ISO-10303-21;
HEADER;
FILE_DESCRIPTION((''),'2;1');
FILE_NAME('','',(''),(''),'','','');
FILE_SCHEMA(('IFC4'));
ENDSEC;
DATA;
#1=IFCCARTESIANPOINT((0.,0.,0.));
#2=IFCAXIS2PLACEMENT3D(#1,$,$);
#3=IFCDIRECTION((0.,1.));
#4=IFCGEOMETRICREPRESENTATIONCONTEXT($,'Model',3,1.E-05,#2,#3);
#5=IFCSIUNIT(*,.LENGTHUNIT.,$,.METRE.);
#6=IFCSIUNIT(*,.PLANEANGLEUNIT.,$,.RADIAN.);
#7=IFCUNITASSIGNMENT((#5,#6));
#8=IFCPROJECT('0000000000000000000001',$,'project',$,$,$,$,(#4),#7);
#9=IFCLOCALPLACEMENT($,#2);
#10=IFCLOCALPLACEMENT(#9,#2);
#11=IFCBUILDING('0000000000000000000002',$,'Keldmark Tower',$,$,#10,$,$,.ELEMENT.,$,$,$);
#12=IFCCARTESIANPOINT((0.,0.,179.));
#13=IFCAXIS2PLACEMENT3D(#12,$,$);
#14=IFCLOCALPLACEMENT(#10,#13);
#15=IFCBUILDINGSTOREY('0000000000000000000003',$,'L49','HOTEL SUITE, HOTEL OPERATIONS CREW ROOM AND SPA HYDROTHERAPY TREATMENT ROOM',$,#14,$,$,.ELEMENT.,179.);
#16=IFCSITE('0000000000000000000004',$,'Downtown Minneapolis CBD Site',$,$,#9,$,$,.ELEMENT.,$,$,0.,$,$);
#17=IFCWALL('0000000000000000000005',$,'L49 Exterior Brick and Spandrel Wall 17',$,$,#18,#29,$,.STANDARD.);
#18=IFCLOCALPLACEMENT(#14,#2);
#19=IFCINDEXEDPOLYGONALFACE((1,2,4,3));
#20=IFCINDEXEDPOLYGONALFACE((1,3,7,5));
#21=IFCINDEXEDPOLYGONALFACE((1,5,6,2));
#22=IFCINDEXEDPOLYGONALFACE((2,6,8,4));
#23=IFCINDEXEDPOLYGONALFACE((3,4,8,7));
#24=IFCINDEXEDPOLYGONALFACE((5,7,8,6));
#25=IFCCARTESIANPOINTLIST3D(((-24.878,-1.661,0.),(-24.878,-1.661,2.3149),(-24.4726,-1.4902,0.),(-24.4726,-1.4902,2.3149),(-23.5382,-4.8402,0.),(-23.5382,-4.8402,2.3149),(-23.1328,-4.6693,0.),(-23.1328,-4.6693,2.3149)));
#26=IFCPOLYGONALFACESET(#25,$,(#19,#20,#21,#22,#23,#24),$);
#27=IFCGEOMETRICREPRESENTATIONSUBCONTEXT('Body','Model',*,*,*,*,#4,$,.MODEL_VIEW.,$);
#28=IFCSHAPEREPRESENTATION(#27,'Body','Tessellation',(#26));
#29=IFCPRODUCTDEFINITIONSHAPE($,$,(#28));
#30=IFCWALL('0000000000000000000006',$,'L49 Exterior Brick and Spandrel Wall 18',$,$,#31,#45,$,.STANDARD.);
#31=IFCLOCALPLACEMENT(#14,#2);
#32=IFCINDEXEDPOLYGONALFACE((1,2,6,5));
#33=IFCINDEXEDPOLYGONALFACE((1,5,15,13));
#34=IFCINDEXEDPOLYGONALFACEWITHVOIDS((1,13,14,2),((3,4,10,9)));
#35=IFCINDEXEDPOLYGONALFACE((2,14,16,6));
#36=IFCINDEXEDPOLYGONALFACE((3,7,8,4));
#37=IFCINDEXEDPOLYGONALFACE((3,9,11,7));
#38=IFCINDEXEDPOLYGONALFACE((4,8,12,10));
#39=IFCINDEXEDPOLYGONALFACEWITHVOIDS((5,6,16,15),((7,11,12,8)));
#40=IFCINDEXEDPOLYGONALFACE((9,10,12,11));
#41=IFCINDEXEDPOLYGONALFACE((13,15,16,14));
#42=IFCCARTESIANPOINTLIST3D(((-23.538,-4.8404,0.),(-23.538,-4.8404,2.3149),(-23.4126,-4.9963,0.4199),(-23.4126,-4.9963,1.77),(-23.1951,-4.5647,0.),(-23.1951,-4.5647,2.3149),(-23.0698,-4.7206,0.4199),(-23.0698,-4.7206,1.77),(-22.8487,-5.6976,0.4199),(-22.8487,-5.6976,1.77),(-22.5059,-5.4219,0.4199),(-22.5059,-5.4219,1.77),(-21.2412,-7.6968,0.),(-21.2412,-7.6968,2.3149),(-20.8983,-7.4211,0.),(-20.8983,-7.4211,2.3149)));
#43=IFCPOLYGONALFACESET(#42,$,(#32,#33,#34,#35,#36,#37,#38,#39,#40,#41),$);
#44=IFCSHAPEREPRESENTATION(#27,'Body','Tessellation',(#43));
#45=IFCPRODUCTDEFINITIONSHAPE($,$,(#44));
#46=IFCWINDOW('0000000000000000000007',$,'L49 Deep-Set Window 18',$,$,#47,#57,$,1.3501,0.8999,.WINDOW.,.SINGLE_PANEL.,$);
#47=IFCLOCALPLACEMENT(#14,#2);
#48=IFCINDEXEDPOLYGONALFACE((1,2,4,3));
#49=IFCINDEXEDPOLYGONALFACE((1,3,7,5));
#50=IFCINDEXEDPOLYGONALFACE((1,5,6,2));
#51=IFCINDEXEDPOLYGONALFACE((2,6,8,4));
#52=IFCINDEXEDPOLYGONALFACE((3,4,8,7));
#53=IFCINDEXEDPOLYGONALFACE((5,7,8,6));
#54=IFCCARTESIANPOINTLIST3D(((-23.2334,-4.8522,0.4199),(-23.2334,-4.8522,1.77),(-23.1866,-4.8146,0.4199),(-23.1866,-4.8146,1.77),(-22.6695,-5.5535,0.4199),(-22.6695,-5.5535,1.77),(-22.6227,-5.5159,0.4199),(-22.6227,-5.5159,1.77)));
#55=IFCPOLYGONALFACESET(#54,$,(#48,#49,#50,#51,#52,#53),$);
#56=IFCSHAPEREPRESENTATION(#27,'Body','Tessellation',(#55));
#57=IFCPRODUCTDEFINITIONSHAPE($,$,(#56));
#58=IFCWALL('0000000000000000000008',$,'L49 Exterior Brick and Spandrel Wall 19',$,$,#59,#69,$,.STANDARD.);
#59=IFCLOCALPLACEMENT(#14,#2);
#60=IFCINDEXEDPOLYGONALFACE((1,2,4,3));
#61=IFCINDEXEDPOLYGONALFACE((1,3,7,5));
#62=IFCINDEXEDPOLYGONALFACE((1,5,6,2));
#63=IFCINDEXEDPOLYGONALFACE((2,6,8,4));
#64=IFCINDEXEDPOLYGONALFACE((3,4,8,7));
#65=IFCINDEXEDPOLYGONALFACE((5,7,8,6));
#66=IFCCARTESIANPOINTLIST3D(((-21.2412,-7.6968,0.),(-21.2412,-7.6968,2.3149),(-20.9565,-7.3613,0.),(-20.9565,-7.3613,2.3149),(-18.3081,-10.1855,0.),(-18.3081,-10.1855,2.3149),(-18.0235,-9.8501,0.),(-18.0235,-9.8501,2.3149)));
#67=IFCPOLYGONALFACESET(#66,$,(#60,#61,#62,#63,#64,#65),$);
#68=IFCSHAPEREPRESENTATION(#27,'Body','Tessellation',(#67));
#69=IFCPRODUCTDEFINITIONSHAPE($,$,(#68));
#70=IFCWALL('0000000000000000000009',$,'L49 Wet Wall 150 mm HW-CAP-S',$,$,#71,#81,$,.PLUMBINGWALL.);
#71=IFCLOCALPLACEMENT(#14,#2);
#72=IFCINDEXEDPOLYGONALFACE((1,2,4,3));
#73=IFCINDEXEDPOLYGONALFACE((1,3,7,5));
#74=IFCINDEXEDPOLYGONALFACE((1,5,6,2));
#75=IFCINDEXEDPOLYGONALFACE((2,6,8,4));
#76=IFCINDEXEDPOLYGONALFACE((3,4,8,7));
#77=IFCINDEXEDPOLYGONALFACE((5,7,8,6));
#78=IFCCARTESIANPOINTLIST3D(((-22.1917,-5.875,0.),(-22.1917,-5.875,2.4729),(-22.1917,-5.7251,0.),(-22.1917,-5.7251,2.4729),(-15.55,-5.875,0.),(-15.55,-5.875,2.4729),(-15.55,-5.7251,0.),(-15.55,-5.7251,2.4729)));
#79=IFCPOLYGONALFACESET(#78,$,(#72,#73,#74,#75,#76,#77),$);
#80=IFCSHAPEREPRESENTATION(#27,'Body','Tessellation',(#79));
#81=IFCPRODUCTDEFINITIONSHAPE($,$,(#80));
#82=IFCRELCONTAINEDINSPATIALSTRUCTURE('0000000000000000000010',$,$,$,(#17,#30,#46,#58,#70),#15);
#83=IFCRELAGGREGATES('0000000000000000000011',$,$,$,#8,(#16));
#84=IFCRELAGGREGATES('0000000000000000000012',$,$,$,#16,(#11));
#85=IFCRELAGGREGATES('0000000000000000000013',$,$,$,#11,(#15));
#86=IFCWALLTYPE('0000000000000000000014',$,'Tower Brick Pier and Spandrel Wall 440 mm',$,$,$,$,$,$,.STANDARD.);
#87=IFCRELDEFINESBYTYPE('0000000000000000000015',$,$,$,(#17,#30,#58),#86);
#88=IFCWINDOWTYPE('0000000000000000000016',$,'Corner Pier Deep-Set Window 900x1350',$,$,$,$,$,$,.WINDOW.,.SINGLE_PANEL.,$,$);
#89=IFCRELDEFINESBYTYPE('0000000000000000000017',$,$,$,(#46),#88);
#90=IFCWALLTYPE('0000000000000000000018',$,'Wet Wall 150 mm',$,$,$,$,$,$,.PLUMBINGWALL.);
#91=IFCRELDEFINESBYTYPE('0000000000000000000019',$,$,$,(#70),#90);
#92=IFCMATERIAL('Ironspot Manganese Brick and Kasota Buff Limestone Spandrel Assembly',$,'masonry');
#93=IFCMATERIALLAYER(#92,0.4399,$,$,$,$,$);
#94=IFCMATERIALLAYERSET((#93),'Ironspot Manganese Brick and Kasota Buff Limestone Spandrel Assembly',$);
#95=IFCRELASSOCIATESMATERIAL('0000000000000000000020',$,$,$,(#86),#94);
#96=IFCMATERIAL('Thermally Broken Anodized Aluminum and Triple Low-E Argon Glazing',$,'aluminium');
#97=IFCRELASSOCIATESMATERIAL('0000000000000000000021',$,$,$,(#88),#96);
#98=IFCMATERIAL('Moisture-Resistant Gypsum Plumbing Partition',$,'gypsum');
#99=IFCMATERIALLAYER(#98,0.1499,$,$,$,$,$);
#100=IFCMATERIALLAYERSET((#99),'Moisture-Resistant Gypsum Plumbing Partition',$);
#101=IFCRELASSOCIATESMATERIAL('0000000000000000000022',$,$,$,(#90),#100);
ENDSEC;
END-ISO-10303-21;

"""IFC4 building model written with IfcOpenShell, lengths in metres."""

from ifc_helpers import new_model, si_unit, direction, frame, frame_2d, origin, place, context, subcontext, project, spatial, rectangle, extrude, material, layer, layer_set, type_object, element, fill, save


model = new_model("IFC4")

# Units and contexts
model_context = context("Model", 3, precision=1e-05, world=origin(), true_north=direction((0.0, 1.0)))
body_context = subcontext(model_context, "Body", "Model", "MODEL_VIEW")
ifc_project = project(units=[si_unit("LENGTHUNIT", "METRE"), si_unit("PLANEANGLEUNIT", "RADIAN")], contexts=[model_context])

# Site, building, storey
site_placement = place(None, origin())
site = spatial("IfcSite", under=ifc_project, at=site_placement, Name="Downtown Minneapolis CBD Site", CompositionType="ELEMENT", RefElevation=0.0)
building_placement = place(site_placement, origin())
building = spatial("IfcBuilding", under=site, at=building_placement, Name="Keldmark Tower", CompositionType="ELEMENT")
storey_placement = place(building_placement, frame((0.0, 0.0, 179.0)))
storey = spatial("IfcBuildingStorey", under=building, at=storey_placement, Name="L49", Description="HOTEL SUITE, HOTEL OPERATIONS CREW ROOM AND SPA HYDROTHERAPY TREATMENT ROOM", CompositionType="ELEMENT", Elevation=179.0)

# Wall
ifc_material_1 = material(Name="Ironspot Manganese Brick and Kasota Buff Limestone Spandrel Assembly", Category="masonry")
ifc_layer_1 = layer(ifc_material_1, 0.4399)
ifc_layer_set_1 = layer_set([ifc_layer_1], Name="Ironspot Manganese Brick and Kasota Buff Limestone Spandrel Assembly")
wall_type_1 = type_object("IfcWallType", Name="Tower Brick Pier and Spandrel Wall 440 mm", PredefinedType="STANDARD", material=ifc_layer_set_1)
wall_1_placement = place(storey_placement, frame((-23.3354, -4.7549, 0.0), z_axis=(0.0, 0.0, 1.0), x_axis=(-0.388361, 0.921507, 0.0)))
element("IfcWall", 1, at=wall_1_placement, inside=storey, type_object=wall_type_1, Name="L49 Exterior Brick and Spandrel Wall 17", PredefinedType="STANDARD", context=body_context, shape_type="SweptSolid", body=[
    extrude(rectangle(XDim=3.45, YDim=0.4399, at=frame_2d((1.7251, 0.0))), origin(), (0.0, 0.0, 1.0), 2.3149),
])

# Wall, opening, window
wall_2_placement = place(storey_placement, frame((-21.0698, -7.5588, 0.0), z_axis=(0.0, 0.0, 1.0), x_axis=(-0.626643, 0.779307, 0.0)))
wall_2 = element("IfcWall", 2, at=wall_2_placement, inside=storey, type_object=wall_type_1, Name="L49 Exterior Brick and Spandrel Wall 18", PredefinedType="STANDARD", context=body_context, shape_type="SweptSolid", body=[
    extrude(rectangle(XDim=3.6653, YDim=0.4399, at=frame_2d((1.8325, 0.0))), origin(), (0.0, 0.0, 1.0), 2.3149),
])
opening_placement = place(wall_2_placement, frame((2.5652, 0.0, 0.4199)))
opening = element("IfcOpeningElement", 3, at=opening_placement, cuts=wall_2, PredefinedType="OPENING", context=body_context, shape_type="SweptSolid", body=[
    extrude(rectangle(XDim=0.8999, YDim=1.3501, at=frame_2d((0.45, 0.675))), frame((0.0, 0.23, 0.0), z_axis=(0.0, -1.0, 0.0), x_axis=(1.0, 0.0, 0.0)), (0.0, 0.0, 1.0), 0.46),
])
ifc_material_2 = material(Name="Thermally Broken Anodized Aluminum and Triple Low-E Argon Glazing", Category="aluminium")
window_type = type_object("IfcWindowType", Name="Corner Pier Deep-Set Window 900x1350", PartitioningType="SINGLE_PANEL", PredefinedType="WINDOW", material=ifc_material_2)
window_placement = place(opening_placement, origin())
window = element("IfcWindow", 4, at=window_placement, inside=storey, type_object=window_type, Name="L49 Deep-Set Window 18", OverallHeight=1.3501, OverallWidth=0.8999, PartitioningType="SINGLE_PANEL", PredefinedType="WINDOW", context=body_context, shape_type="SweptSolid", body=[
    extrude(rectangle(XDim=0.8999, YDim=1.3501, at=frame_2d((0.45, 0.675))), frame((0.0, -0.01, 0.0), z_axis=(0.0, -1.0, 0.0), x_axis=(1.0, 0.0, 0.0)), (0.0, 0.0, 1.0), 0.0601),
])
fill(opening, window)

# Walls
wall_3_placement = place(storey_placement, frame((-18.1658, -10.0178, 0.0), z_axis=(0.0, 0.0, 1.0), x_axis=(-0.7625, 0.646989, 0.0)))
element("IfcWall", 5, at=wall_3_placement, inside=storey, type_object=wall_type_1, Name="L49 Exterior Brick and Spandrel Wall 19", PredefinedType="STANDARD", context=body_context, shape_type="SweptSolid", body=[
    extrude(rectangle(XDim=3.8467, YDim=0.4399, at=frame_2d((1.9233, 0.0))), origin(), (0.0, 0.0, 1.0), 2.3149),
])
ifc_material_3 = material(Name="Moisture-Resistant Gypsum Plumbing Partition", Category="gypsum")
ifc_layer_2 = layer(ifc_material_3, 0.1499)
ifc_layer_set_2 = layer_set([ifc_layer_2], Name="Moisture-Resistant Gypsum Plumbing Partition")
wall_type_2 = type_object("IfcWallType", Name="Wet Wall 150 mm", PredefinedType="PLUMBINGWALL", material=ifc_layer_set_2)
wall_4_placement = place(storey_placement, frame((-22.1917, -5.8, 0.0), z_axis=(0.0, 0.0, 1.0), x_axis=(1.0, 0.0, 0.0)))
element("IfcWall", 6, at=wall_4_placement, inside=storey, type_object=wall_type_2, Name="L49 Wet Wall 150 mm HW-CAP-S", PredefinedType="PLUMBINGWALL", context=body_context, shape_type="SweptSolid", body=[
    extrude(rectangle(XDim=6.6416, YDim=0.1499, at=frame_2d((3.3208, 0.0))), origin(), (0.0, 0.0, 1.0), 2.4729),
])

save(model, "model.ifc")
